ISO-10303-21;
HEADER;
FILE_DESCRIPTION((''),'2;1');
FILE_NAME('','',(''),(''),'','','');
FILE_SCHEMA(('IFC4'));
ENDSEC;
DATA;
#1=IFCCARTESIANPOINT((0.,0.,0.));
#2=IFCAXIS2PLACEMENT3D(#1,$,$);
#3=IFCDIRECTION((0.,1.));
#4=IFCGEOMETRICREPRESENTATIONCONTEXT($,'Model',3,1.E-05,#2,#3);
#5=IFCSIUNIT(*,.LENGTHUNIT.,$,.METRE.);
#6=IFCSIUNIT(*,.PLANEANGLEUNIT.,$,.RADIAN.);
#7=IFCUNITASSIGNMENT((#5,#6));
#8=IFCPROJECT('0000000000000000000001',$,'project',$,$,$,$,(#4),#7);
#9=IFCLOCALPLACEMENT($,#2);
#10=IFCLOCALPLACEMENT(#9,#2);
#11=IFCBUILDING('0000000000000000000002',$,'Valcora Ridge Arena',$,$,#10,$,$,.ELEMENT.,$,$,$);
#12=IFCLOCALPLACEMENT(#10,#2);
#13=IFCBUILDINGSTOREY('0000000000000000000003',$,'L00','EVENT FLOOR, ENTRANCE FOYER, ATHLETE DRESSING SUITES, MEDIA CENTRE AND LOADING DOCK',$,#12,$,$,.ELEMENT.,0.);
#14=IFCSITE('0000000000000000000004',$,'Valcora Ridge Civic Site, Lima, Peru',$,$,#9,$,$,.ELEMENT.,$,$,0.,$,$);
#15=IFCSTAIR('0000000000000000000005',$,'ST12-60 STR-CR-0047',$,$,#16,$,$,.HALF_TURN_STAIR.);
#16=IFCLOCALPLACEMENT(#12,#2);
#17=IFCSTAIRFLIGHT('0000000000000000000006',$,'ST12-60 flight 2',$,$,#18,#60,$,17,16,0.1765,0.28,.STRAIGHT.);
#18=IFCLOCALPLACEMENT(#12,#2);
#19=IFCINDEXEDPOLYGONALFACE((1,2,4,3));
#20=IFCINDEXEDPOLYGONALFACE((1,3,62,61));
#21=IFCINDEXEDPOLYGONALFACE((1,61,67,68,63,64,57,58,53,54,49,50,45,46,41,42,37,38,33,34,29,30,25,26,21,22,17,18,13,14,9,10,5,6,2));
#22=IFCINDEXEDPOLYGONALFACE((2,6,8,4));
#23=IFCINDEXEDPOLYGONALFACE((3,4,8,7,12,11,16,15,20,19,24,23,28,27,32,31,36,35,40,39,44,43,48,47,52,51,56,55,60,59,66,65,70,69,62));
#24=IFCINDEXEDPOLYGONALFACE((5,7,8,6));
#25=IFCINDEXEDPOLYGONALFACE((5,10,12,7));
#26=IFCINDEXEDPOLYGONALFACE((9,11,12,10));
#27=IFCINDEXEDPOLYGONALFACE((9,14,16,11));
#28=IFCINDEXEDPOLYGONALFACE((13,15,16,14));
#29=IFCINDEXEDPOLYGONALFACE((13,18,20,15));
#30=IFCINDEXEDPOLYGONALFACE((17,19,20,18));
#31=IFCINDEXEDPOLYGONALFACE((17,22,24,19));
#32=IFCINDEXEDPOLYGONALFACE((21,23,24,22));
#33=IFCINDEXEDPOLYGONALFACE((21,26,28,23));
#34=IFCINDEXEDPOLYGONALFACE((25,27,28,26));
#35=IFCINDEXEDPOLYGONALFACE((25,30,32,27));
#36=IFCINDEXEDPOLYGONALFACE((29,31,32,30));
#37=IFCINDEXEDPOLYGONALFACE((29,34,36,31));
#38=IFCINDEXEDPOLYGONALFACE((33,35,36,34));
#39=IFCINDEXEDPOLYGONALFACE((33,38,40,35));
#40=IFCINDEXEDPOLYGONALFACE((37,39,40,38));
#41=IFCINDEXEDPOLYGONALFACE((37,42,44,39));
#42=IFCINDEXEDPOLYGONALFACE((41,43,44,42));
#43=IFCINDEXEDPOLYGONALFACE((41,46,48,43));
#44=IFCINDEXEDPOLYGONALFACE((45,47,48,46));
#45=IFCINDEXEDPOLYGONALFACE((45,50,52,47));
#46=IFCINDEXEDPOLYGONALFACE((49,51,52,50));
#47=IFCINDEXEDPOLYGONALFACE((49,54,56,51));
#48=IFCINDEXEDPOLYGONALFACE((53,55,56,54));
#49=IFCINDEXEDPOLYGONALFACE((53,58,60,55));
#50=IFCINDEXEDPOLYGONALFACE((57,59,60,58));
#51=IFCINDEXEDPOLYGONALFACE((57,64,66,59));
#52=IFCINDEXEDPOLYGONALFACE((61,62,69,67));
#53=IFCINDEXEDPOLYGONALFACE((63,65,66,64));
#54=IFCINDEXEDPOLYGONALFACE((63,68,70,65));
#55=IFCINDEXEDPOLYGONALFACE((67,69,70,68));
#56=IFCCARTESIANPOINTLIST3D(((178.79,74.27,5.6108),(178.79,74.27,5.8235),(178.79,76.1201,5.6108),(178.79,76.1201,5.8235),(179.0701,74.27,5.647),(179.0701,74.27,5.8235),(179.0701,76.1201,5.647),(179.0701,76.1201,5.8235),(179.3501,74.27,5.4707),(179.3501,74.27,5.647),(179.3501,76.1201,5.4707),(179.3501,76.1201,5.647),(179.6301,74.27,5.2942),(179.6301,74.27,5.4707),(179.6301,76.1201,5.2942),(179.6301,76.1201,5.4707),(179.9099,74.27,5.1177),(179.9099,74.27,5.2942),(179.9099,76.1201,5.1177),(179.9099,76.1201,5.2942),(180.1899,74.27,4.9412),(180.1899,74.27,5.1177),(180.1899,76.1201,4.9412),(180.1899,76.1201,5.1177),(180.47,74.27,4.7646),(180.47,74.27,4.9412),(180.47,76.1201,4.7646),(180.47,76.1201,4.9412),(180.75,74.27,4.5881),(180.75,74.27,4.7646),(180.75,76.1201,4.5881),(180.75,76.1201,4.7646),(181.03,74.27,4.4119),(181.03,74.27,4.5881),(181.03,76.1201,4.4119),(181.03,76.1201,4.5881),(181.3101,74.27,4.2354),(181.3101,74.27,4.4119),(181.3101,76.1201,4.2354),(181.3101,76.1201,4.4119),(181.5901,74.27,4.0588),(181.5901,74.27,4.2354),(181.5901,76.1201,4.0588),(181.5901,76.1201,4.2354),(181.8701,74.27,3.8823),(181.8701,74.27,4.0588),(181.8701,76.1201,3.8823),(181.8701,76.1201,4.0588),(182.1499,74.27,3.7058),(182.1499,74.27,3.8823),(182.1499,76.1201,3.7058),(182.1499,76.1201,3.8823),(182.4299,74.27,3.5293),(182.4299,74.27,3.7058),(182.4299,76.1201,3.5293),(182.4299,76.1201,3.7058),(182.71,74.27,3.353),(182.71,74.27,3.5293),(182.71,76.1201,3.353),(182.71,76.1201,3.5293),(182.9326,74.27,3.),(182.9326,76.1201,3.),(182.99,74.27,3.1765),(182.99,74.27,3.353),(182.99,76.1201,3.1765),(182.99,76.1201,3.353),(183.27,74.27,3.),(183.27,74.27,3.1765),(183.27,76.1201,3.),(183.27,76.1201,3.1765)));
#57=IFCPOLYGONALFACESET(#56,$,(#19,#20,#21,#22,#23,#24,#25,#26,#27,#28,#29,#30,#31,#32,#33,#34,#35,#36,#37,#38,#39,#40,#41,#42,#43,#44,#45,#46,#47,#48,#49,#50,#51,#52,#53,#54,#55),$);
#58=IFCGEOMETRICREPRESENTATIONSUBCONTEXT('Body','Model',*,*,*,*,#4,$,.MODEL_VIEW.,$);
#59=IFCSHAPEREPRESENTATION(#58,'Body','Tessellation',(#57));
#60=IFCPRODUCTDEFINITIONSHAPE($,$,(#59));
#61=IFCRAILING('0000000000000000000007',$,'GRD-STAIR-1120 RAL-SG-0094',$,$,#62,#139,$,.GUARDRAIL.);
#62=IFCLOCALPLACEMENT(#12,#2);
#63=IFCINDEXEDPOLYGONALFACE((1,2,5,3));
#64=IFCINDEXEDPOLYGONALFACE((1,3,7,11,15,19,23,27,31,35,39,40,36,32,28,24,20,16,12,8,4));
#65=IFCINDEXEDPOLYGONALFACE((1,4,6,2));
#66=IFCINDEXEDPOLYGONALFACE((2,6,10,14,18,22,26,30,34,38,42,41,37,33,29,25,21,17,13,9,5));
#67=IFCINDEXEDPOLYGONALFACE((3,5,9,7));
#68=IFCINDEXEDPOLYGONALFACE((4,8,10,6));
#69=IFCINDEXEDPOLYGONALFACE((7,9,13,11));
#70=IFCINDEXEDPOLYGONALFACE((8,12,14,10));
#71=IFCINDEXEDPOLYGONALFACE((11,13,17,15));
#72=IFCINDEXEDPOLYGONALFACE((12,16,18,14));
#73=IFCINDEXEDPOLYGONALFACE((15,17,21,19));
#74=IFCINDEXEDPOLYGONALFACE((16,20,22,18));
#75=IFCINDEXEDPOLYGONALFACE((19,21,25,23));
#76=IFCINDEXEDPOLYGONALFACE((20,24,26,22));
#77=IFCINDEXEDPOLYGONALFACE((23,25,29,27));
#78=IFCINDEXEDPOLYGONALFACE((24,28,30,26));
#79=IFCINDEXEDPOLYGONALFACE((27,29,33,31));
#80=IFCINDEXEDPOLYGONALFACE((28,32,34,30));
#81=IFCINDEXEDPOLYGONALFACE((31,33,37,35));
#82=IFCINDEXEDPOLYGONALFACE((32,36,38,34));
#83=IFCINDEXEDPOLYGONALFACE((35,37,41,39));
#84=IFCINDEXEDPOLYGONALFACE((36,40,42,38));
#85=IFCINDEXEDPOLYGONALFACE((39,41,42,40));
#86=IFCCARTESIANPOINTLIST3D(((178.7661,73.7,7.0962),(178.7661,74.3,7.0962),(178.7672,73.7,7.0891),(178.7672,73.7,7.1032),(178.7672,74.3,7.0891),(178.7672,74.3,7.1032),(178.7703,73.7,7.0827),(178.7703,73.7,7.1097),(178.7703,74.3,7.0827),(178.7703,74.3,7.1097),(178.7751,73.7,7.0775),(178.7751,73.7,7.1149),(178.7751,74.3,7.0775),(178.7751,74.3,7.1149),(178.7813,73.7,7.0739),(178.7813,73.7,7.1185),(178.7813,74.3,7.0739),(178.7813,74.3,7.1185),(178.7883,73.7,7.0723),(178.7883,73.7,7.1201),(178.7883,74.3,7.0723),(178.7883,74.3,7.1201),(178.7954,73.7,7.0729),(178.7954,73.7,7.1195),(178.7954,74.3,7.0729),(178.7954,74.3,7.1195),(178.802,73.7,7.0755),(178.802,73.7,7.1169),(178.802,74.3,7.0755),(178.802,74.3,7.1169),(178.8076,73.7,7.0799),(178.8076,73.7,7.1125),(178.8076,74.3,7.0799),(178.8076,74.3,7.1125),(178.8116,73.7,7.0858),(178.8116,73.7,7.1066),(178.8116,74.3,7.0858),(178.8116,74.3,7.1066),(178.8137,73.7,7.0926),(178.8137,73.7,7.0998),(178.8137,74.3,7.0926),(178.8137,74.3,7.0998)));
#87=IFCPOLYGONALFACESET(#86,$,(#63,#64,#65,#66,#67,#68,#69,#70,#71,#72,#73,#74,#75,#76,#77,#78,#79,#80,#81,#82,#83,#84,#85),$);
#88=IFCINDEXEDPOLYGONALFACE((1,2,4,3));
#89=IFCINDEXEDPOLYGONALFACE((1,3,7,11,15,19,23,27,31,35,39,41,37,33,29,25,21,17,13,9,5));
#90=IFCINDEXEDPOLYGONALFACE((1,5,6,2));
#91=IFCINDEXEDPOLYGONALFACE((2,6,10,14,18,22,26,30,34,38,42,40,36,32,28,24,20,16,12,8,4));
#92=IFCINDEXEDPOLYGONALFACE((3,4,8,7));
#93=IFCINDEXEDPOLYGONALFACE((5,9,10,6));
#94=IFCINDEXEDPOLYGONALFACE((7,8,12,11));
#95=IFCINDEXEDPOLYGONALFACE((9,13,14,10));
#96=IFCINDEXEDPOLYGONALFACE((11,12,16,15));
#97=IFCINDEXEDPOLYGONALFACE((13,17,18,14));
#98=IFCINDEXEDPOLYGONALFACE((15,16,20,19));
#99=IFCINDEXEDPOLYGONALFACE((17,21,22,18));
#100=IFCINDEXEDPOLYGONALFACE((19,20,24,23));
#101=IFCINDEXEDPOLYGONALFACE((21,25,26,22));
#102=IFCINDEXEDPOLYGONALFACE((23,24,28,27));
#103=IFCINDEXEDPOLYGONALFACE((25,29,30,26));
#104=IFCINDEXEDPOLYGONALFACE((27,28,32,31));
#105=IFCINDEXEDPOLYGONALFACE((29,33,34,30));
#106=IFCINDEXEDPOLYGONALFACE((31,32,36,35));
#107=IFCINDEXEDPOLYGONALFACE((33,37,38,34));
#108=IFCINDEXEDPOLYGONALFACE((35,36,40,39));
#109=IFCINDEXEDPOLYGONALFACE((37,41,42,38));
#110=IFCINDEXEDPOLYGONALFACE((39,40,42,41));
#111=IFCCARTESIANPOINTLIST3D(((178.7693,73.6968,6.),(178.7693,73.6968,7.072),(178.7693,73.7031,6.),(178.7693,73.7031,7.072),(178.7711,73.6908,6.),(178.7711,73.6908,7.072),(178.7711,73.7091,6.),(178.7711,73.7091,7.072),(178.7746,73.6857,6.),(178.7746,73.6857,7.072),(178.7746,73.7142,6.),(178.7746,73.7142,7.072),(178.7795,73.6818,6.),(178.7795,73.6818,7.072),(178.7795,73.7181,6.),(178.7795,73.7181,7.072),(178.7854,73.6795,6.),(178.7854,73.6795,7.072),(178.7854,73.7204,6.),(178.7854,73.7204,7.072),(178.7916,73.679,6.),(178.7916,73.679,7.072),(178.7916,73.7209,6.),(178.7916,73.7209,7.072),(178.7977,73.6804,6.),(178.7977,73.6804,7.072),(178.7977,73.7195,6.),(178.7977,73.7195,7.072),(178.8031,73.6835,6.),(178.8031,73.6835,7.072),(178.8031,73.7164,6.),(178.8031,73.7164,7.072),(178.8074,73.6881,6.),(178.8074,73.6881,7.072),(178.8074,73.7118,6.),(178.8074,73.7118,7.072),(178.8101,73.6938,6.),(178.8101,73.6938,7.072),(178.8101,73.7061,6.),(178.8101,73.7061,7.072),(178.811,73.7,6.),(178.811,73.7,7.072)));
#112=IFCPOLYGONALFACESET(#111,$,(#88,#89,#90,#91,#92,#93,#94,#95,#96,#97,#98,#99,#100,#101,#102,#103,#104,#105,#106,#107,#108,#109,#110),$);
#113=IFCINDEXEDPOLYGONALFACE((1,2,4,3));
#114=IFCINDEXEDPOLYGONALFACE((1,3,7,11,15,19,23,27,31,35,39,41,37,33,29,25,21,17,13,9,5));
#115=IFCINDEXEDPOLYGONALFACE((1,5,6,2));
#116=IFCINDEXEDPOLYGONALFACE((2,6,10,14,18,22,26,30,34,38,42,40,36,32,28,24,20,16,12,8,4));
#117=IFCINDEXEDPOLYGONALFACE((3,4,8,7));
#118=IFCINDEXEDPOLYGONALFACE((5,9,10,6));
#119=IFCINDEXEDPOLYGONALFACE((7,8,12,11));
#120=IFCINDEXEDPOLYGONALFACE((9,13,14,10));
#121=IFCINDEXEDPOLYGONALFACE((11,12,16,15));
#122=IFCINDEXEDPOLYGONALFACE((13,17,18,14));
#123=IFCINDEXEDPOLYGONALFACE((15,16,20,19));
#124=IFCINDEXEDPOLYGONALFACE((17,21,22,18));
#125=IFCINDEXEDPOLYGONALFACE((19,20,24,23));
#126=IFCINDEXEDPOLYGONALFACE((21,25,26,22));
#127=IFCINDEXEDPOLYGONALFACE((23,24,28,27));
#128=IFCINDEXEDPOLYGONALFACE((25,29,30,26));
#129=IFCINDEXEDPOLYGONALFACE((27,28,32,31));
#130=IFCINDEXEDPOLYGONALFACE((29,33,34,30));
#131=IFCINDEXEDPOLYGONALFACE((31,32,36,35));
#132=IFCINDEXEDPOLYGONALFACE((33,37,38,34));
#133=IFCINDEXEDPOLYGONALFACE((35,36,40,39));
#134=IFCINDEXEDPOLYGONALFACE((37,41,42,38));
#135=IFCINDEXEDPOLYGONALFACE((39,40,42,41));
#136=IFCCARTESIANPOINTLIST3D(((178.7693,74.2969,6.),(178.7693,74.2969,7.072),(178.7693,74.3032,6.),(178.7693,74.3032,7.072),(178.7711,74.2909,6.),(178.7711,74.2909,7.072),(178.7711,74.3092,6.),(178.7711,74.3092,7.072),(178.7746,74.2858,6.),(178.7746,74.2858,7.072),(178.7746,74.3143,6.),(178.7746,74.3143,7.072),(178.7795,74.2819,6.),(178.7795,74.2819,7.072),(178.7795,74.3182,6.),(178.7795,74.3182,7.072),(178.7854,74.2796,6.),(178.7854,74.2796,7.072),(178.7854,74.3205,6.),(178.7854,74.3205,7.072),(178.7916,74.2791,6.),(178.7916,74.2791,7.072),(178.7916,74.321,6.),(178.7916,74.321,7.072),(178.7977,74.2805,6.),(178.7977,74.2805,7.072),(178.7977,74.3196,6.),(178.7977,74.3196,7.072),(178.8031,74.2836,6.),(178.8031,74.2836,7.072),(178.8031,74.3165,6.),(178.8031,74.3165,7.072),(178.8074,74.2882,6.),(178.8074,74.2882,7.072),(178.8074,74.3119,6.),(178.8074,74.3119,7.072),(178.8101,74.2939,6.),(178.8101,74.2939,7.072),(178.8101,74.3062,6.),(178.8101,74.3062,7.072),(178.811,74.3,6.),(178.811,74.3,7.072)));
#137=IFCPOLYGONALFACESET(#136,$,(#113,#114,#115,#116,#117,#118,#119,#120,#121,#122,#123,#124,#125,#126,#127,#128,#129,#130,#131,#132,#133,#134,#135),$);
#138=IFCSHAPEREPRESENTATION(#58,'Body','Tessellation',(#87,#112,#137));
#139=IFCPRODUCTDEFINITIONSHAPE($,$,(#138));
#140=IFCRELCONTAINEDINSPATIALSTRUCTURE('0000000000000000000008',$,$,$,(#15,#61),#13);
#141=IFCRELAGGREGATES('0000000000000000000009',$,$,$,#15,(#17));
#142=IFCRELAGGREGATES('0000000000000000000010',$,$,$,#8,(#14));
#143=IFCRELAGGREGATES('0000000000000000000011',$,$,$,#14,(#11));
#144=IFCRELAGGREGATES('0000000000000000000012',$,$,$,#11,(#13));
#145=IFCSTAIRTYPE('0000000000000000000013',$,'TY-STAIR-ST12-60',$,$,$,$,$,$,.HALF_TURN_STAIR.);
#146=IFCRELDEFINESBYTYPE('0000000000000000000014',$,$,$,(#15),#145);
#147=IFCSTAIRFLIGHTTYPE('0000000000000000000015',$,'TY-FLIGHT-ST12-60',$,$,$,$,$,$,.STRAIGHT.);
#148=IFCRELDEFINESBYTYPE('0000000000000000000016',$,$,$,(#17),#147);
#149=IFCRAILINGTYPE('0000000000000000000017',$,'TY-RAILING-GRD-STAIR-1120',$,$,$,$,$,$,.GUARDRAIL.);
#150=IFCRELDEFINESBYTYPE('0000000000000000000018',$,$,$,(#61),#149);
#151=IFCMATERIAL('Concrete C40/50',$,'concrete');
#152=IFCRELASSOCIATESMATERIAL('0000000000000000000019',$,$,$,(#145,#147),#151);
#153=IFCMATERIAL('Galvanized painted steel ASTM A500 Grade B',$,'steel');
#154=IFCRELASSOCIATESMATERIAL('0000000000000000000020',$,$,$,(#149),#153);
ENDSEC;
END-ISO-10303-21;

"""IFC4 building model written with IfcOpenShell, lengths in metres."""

from ifc_helpers import new_model, si_unit, direction, frame, origin, origin_2d, place, context, subcontext, project, spatial, polyline, circle, outline, extrude, material, type_object, element, aggregate, save


model = new_model("IFC4")

# Units and contexts
model_context = context("Model", 3, precision=1e-05, world=origin(), true_north=direction((0.0, 1.0)))
body_context = subcontext(model_context, "Body", "Model", "MODEL_VIEW")
ifc_project = project(units=[si_unit("LENGTHUNIT", "METRE"), si_unit("PLANEANGLEUNIT", "RADIAN")], contexts=[model_context])

# Site, building, storey
site_placement = place(None, origin())
site = spatial("IfcSite", under=ifc_project, at=site_placement, Name="Valcora Ridge Civic Site, Lima, Peru", CompositionType="ELEMENT", RefElevation=0.0)
building_placement = place(site_placement, origin())
building = spatial("IfcBuilding", under=site, at=building_placement, Name="Valcora Ridge Arena", CompositionType="ELEMENT")
storey_placement = place(building_placement, origin())
storey = spatial("IfcBuildingStorey", under=building, at=storey_placement, Name="L00", Description="EVENT FLOOR, ENTRANCE FOYER, ATHLETE DRESSING SUITES, MEDIA CENTRE AND LOADING DOCK", CompositionType="ELEMENT", Elevation=0.0)

# Shared definitions
ifc_material_1 = material(Name="Concrete C40/50", Category="concrete")

# Stair, stair flight
stair_type = type_object("IfcStairType", Name="TY-STAIR-ST12-60", PredefinedType="HALF_TURN_STAIR", material=ifc_material_1)
stair_placement = place(storey_placement, origin())
stair = element("IfcStair", 1, at=stair_placement, inside=storey, type_object=stair_type, Name="ST12-60 STR-CR-0047", PredefinedType="HALF_TURN_STAIR")
stair_flight_type = type_object("IfcStairFlightType", Name="TY-FLIGHT-ST12-60", PredefinedType="STRAIGHT", material=ifc_material_1)
stair_flight_placement = place(storey_placement, frame((183.27, 75.1951, 3.0), z_axis=(0.0, 0.0, 1.0), x_axis=(-1.0, 0.0, 0.0)))
stair_flight = element("IfcStairFlight", 2, at=stair_flight_placement, type_object=stair_flight_type, Name="ST12-60 flight 2", NumberOfRisers=17, NumberOfTreads=16, PredefinedType="STRAIGHT", RiserHeight=0.1765, TreadLength=0.28, context=body_context, shape_type="SweptSolid", body=[
    extrude(outline(polyline([(0.0, 0.0), (0.0, 0.1765), (0.28, 0.1765), (0.28, 0.353), (0.5601, 0.353), (0.5601, 0.5293), (0.8401, 0.5293), (0.8401, 0.7058), (1.1201, 0.7058), (1.1201, 0.8823), (1.3999, 0.8823), (1.3999, 1.0588), (1.6799, 1.0588), (1.6799, 1.2354), (1.96, 1.2354), (1.96, 1.4119), (2.24, 1.4119), (2.24, 1.5881), (2.52, 1.5881), (2.52, 1.7646), (2.8, 1.7646), (2.8, 1.9412), (3.0801, 1.9412), (3.0801, 2.1177), (3.3601, 2.1177), (3.3601, 2.2942), (3.6399, 2.2942), (3.6399, 2.4707), (3.9199, 2.4707), (3.9199, 2.647), (4.2, 2.647), (4.2, 2.8235), (4.48, 2.8235), (4.48, 3.0), (4.48, 2.6108), (0.3374, 0.0), (0.0, 0.0)])), frame((0.0, 0.925, 0.0), z_axis=(0.0, -1.0, 0.0), x_axis=(1.0, 0.0, 0.0)), (0.0, 0.0, 1.0), 1.8501),
])
aggregate(stair, [stair_flight])

# Railing
ifc_material_2 = material(Name="Galvanized painted steel ASTM A500 Grade B", Category="steel")
railing_type_1 = type_object("IfcRailingType", Name="TY-RAILING-GRD-STAIR-1120", PredefinedType="GUARDRAIL", material=ifc_material_2)
railing_1_placement = place(storey_placement, frame((178.79, 73.7, 6.0)))
element("IfcRailing", 3, at=railing_1_placement, inside=storey, type_object=railing_type_1, Name="GRD-STAIR-1120 RAL-SG-0094", PredefinedType="GUARDRAIL", context=body_context, shape_type="SweptSolid", body=[
    extrude(circle(Radius=0.0239, at=origin_2d()), frame((0.0, 0.0, 1.0962), z_axis=(0.0, 1.0, 0.0), x_axis=(-1.0, 0.0, 0.0)), (0.0, 0.0, 1.0), 0.6001),
    extrude(circle(Radius=0.021, at=origin_2d()), origin(), (0.0, 0.0, 1.0), 1.072),
    extrude(circle(Radius=0.021, at=origin_2d()), frame((0.0, 0.6001, 0.0)), (0.0, 0.0, 1.0), 1.072),
])

save(model, "model.ifc")
